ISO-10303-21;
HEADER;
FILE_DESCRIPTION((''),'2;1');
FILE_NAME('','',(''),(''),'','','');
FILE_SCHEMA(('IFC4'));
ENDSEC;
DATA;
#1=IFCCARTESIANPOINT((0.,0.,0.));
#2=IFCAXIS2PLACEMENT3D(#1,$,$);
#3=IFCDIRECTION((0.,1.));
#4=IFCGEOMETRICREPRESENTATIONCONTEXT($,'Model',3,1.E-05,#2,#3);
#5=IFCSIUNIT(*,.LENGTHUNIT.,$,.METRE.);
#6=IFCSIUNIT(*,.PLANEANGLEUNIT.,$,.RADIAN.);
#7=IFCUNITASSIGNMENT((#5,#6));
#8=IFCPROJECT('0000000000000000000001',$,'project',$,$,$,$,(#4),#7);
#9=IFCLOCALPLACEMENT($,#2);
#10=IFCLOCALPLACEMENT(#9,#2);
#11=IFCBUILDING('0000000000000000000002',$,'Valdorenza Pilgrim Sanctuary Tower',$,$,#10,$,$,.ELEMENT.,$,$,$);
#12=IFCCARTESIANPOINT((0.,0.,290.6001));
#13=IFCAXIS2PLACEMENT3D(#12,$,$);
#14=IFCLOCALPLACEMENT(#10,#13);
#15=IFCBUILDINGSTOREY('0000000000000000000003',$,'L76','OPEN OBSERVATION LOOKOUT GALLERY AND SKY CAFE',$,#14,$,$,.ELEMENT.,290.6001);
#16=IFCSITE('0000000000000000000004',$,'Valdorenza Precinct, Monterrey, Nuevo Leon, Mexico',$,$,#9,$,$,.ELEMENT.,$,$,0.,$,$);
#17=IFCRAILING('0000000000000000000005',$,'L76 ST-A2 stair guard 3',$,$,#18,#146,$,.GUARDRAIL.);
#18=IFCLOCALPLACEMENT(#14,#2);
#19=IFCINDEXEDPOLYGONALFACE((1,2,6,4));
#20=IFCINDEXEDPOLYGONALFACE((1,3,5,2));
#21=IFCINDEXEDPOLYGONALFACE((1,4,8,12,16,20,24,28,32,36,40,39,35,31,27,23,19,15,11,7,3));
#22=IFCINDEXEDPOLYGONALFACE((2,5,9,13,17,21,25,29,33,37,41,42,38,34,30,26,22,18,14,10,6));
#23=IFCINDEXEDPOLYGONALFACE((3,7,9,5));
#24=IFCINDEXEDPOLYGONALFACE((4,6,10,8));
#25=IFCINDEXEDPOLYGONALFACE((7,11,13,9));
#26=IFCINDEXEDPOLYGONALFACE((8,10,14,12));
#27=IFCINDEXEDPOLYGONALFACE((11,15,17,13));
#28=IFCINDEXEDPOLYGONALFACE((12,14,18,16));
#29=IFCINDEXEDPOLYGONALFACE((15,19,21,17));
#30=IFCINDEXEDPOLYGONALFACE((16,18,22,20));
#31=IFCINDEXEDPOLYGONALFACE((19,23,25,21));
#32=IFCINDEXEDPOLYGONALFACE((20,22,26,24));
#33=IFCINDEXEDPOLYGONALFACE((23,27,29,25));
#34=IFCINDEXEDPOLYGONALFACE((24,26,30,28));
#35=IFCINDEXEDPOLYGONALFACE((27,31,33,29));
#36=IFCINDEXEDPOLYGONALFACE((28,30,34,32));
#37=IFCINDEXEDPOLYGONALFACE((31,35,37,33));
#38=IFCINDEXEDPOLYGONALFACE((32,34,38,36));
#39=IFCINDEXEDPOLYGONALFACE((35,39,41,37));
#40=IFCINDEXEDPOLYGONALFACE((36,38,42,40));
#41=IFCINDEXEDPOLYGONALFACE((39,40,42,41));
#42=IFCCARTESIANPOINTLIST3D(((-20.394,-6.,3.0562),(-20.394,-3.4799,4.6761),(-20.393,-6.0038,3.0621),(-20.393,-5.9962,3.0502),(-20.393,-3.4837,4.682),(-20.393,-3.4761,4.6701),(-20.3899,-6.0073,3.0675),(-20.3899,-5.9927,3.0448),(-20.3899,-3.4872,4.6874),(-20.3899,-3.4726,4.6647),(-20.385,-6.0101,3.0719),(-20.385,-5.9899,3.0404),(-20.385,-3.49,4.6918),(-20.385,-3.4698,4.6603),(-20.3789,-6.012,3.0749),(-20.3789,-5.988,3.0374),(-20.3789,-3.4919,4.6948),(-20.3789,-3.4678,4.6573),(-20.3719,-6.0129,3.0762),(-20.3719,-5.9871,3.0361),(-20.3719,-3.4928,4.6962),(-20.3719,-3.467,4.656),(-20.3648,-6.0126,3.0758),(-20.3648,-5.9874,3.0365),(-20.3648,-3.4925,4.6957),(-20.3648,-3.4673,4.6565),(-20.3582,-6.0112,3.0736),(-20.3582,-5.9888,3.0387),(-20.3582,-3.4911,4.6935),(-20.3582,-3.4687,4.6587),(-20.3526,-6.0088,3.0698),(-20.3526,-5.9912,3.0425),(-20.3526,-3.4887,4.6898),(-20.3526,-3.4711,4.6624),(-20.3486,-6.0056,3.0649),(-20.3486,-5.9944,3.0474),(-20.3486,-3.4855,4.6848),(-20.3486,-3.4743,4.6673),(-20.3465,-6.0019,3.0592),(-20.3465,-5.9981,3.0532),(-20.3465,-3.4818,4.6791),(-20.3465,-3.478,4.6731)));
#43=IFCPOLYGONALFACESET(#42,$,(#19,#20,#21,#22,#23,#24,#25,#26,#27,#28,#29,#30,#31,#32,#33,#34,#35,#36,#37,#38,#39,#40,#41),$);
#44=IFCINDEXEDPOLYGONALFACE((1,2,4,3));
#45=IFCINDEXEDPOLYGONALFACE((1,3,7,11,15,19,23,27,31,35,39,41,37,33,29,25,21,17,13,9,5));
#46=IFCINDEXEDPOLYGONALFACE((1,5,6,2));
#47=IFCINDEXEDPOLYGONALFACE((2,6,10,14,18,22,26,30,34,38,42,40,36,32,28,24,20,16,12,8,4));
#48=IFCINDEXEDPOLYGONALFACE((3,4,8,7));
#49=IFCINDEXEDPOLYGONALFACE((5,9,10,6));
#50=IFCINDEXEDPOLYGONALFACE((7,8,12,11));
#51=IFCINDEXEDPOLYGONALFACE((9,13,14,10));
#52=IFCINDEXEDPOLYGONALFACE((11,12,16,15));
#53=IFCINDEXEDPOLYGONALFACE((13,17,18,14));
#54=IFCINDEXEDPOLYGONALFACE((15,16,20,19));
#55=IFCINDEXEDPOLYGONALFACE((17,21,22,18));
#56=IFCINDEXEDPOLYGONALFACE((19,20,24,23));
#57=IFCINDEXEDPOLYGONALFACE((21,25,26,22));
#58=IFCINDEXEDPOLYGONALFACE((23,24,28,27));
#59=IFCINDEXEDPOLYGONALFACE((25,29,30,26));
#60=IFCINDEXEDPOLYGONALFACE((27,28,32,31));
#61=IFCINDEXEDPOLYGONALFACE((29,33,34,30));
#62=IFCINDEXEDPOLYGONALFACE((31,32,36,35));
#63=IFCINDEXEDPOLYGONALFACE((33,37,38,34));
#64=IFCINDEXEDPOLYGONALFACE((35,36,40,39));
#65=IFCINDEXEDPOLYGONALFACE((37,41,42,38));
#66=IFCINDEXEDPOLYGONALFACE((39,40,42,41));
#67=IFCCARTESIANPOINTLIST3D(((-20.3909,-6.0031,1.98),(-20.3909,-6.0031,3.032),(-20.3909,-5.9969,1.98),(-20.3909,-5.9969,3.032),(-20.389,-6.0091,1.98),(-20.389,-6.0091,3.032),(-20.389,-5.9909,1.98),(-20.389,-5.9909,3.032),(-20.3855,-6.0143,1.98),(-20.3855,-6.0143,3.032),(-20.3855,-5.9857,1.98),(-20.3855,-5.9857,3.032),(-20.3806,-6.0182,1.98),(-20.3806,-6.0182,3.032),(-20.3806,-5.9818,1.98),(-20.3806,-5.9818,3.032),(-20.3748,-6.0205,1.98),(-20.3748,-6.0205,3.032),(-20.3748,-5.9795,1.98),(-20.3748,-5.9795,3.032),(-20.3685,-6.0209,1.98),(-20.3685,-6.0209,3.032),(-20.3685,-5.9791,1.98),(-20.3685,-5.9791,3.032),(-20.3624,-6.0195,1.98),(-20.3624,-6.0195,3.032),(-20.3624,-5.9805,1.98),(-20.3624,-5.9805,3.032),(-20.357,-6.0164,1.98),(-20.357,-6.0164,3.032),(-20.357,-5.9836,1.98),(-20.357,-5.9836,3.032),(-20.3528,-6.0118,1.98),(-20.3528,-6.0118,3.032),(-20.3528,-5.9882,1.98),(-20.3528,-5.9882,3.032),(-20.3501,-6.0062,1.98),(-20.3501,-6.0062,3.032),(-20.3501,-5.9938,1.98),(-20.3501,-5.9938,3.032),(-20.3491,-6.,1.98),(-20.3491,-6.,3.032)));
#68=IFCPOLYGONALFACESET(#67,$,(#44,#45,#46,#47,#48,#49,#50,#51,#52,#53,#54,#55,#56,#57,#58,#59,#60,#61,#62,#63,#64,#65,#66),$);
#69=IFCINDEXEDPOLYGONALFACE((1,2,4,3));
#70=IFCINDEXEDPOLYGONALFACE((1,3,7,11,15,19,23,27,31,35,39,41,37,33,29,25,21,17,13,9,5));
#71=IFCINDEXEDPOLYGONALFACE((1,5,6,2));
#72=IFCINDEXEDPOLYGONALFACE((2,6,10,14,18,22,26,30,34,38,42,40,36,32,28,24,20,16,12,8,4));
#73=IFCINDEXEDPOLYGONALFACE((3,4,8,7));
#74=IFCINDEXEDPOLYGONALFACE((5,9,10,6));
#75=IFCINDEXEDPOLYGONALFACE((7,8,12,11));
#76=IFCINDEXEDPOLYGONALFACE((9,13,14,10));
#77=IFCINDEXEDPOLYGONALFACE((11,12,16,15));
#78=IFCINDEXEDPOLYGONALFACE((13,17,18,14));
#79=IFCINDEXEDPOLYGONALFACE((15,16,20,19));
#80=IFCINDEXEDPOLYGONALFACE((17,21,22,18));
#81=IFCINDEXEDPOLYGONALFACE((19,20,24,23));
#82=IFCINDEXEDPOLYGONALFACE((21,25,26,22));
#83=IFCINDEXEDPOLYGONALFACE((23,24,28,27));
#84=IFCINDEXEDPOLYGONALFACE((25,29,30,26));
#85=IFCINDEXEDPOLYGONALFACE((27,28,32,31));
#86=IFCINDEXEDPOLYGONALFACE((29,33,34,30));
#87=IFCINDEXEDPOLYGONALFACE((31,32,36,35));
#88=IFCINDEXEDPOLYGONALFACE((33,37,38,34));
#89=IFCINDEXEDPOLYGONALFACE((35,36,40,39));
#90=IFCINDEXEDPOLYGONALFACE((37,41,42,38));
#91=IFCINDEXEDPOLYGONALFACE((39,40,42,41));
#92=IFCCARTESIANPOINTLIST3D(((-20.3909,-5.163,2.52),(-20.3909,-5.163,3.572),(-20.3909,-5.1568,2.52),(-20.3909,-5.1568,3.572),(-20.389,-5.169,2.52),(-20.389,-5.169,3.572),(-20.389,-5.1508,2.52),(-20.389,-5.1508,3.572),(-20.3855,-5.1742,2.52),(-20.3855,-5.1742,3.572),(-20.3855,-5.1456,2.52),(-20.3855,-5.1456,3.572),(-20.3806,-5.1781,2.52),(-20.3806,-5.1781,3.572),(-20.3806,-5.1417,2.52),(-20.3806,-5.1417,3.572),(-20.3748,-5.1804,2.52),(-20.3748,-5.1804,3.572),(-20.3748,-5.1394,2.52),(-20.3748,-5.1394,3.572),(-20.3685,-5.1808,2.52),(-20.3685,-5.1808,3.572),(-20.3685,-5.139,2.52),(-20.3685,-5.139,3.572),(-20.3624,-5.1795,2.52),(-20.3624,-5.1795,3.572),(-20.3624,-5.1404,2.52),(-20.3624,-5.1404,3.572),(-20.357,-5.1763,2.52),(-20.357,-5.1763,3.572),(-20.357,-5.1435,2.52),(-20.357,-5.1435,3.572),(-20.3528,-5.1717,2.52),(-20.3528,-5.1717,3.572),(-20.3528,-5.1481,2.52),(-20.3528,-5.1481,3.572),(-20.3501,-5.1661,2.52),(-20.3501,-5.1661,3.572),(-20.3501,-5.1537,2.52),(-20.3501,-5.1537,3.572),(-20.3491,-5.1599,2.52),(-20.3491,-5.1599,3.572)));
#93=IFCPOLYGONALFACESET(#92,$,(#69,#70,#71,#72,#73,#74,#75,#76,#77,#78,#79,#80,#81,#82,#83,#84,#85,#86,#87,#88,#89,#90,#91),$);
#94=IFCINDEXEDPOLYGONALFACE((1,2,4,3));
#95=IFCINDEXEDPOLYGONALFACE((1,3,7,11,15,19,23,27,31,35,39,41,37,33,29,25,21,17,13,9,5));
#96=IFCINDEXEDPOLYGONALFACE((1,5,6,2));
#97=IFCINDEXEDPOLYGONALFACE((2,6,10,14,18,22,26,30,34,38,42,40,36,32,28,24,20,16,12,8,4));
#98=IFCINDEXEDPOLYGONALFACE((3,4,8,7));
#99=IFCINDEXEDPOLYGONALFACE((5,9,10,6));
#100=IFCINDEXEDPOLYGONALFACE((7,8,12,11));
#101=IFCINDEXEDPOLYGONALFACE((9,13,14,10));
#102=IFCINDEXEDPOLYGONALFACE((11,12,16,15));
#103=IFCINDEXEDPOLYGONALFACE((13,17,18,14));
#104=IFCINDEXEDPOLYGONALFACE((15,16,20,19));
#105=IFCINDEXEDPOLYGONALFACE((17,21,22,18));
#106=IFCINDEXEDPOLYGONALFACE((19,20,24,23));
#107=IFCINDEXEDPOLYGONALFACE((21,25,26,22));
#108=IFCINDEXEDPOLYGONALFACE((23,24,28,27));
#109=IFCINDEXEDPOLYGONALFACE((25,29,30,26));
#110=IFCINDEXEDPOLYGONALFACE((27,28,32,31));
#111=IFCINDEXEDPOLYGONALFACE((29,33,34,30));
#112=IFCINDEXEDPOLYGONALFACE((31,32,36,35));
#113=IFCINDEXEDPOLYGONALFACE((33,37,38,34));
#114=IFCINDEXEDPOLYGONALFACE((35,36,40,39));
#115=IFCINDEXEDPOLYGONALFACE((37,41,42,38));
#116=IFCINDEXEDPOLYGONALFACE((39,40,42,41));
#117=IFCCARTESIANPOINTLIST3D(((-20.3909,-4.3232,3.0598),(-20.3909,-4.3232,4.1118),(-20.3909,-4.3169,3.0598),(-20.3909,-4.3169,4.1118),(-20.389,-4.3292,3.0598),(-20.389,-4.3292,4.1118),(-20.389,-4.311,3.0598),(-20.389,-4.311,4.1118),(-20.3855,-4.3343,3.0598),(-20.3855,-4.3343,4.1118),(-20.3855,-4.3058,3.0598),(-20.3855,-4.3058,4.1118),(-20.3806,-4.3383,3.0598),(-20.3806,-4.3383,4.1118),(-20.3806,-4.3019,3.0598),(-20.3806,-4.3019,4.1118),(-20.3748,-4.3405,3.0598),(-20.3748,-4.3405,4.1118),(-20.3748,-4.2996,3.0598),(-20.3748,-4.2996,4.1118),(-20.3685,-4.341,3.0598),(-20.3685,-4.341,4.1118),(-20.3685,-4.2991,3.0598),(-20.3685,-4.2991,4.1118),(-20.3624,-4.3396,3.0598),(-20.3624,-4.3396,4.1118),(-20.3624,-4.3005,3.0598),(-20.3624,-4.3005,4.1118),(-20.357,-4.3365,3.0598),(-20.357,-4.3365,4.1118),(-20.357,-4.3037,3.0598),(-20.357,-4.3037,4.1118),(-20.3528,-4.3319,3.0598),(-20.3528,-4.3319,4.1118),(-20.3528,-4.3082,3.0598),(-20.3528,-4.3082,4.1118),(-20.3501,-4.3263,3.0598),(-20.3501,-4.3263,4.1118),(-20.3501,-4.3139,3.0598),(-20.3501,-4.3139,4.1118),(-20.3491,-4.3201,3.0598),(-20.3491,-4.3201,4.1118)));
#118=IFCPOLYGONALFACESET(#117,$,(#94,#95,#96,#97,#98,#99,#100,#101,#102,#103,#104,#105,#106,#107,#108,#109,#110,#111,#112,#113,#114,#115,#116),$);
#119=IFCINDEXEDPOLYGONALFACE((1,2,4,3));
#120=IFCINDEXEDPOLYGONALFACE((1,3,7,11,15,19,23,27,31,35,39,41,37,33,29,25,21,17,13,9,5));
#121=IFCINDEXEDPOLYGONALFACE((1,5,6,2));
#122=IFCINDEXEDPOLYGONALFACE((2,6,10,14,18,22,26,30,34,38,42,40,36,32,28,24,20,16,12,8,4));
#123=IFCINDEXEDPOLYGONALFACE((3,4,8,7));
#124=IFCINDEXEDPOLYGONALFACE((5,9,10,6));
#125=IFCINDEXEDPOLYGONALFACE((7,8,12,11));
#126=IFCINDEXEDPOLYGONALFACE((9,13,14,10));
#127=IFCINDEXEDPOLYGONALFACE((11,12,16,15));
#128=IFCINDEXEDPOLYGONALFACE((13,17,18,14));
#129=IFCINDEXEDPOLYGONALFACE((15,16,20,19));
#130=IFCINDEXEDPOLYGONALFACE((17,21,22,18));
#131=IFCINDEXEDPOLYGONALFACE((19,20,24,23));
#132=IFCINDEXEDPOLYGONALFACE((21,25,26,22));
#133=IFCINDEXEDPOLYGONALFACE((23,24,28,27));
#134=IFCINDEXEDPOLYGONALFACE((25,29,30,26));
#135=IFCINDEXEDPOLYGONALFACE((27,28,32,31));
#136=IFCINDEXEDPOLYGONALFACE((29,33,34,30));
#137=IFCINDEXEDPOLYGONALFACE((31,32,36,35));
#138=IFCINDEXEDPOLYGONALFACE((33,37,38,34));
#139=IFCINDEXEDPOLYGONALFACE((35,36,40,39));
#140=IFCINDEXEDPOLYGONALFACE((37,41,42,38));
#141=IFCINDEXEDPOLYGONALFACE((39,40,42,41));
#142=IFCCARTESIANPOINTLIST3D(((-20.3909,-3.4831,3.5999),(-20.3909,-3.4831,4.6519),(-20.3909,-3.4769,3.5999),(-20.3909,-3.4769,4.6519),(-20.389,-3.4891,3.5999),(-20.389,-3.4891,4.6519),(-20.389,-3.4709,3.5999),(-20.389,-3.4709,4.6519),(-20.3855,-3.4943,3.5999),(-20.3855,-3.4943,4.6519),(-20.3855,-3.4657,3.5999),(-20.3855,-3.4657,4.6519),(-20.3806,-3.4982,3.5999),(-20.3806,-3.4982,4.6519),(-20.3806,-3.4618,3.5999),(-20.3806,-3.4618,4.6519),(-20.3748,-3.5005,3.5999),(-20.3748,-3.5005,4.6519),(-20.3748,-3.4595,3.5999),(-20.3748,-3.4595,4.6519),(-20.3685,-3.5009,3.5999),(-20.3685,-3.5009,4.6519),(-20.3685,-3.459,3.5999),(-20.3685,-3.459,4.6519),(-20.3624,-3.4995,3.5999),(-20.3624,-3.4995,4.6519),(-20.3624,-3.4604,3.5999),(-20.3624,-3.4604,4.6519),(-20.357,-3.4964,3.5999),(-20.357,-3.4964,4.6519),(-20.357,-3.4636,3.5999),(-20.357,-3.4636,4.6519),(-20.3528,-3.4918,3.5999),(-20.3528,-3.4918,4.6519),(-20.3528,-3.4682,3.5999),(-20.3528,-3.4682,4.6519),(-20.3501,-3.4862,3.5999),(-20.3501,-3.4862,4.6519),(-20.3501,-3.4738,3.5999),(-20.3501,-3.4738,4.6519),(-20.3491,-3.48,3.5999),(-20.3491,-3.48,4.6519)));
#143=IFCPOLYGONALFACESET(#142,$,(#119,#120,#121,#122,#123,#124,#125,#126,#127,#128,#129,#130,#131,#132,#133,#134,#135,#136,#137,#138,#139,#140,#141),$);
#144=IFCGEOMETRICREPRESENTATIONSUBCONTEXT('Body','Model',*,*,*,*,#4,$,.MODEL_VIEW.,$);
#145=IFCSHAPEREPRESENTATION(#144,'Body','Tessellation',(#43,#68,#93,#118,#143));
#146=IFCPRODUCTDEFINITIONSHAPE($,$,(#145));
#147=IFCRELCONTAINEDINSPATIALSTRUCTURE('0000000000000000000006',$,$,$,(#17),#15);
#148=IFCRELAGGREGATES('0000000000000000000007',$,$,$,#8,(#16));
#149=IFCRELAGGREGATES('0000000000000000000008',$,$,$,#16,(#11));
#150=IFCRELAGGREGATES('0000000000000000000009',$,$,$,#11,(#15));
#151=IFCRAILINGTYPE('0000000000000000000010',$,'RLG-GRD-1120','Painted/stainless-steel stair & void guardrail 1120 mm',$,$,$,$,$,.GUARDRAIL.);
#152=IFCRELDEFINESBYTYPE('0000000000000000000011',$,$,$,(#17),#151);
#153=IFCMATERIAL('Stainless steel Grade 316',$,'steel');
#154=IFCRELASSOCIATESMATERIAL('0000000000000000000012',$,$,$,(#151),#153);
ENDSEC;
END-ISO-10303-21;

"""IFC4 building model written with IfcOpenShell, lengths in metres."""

from ifc_helpers import new_model, si_unit, direction, frame, origin, origin_2d, place, context, subcontext, project, spatial, circle, extrude, material, type_object, element, save


model = new_model("IFC4")

# Units and contexts
model_context = context("Model", 3, precision=1e-05, world=origin(), true_north=direction((0.0, 1.0)))
body_context = subcontext(model_context, "Body", "Model", "MODEL_VIEW")
ifc_project = project(units=[si_unit("LENGTHUNIT", "METRE"), si_unit("PLANEANGLEUNIT", "RADIAN")], contexts=[model_context])

# Site, building, storey
site_placement = place(None, origin())
site = spatial("IfcSite", under=ifc_project, at=site_placement, Name="Valdorenza Precinct, Monterrey, Nuevo Leon, Mexico", CompositionType="ELEMENT", RefElevation=0.0)
building_placement = place(site_placement, origin())
building = spatial("IfcBuilding", under=site, at=building_placement, Name="Valdorenza Pilgrim Sanctuary Tower", CompositionType="ELEMENT")
storey_placement = place(building_placement, frame((0.0, 0.0, 290.6001)))
storey = spatial("IfcBuildingStorey", under=building, at=storey_placement, Name="L76", Description="OPEN OBSERVATION LOOKOUT GALLERY AND SKY CAFE", CompositionType="ELEMENT", Elevation=290.6001)

# Railing
ifc_material_1 = material(Name="Stainless steel Grade 316", Category="steel")
railing_type_1 = type_object("IfcRailingType", Name="RLG-GRD-1120", Description="Painted/stainless-steel stair & void guardrail 1120 mm", PredefinedType="GUARDRAIL", material=ifc_material_1)
railing_1_placement = place(storey_placement, frame((-20.3701, -6.0, 1.98)))
element("IfcRailing", 1, at=railing_1_placement, inside=storey, type_object=railing_type_1, Name="L76 ST-A2 stair guard 3", PredefinedType="GUARDRAIL", context=body_context, shape_type="SweptSolid", body=[
    extrude(circle(Radius=0.0239, at=origin_2d()), frame((0.0, 0.0, 1.0762), z_axis=(0.0, 0.8412, 0.540725), x_axis=(-1.0, 0.0, 0.0)), (0.0, 0.0, 1.0), 2.9958),
    extrude(circle(Radius=0.021, at=origin_2d()), origin(), (0.0, 0.0, 1.0), 1.052),
    extrude(circle(Radius=0.021, at=origin_2d()), frame((0.0, 0.8401, 0.54)), (0.0, 0.0, 1.0), 1.052),
    extrude(circle(Radius=0.021, at=origin_2d()), frame((0.0, 1.6799, 1.0798)), (0.0, 0.0, 1.0), 1.052),
    extrude(circle(Radius=0.021, at=origin_2d()), frame((0.0, 2.52, 1.6199)), (0.0, 0.0, 1.0), 1.052),
])

save(model, "model.ifc")
